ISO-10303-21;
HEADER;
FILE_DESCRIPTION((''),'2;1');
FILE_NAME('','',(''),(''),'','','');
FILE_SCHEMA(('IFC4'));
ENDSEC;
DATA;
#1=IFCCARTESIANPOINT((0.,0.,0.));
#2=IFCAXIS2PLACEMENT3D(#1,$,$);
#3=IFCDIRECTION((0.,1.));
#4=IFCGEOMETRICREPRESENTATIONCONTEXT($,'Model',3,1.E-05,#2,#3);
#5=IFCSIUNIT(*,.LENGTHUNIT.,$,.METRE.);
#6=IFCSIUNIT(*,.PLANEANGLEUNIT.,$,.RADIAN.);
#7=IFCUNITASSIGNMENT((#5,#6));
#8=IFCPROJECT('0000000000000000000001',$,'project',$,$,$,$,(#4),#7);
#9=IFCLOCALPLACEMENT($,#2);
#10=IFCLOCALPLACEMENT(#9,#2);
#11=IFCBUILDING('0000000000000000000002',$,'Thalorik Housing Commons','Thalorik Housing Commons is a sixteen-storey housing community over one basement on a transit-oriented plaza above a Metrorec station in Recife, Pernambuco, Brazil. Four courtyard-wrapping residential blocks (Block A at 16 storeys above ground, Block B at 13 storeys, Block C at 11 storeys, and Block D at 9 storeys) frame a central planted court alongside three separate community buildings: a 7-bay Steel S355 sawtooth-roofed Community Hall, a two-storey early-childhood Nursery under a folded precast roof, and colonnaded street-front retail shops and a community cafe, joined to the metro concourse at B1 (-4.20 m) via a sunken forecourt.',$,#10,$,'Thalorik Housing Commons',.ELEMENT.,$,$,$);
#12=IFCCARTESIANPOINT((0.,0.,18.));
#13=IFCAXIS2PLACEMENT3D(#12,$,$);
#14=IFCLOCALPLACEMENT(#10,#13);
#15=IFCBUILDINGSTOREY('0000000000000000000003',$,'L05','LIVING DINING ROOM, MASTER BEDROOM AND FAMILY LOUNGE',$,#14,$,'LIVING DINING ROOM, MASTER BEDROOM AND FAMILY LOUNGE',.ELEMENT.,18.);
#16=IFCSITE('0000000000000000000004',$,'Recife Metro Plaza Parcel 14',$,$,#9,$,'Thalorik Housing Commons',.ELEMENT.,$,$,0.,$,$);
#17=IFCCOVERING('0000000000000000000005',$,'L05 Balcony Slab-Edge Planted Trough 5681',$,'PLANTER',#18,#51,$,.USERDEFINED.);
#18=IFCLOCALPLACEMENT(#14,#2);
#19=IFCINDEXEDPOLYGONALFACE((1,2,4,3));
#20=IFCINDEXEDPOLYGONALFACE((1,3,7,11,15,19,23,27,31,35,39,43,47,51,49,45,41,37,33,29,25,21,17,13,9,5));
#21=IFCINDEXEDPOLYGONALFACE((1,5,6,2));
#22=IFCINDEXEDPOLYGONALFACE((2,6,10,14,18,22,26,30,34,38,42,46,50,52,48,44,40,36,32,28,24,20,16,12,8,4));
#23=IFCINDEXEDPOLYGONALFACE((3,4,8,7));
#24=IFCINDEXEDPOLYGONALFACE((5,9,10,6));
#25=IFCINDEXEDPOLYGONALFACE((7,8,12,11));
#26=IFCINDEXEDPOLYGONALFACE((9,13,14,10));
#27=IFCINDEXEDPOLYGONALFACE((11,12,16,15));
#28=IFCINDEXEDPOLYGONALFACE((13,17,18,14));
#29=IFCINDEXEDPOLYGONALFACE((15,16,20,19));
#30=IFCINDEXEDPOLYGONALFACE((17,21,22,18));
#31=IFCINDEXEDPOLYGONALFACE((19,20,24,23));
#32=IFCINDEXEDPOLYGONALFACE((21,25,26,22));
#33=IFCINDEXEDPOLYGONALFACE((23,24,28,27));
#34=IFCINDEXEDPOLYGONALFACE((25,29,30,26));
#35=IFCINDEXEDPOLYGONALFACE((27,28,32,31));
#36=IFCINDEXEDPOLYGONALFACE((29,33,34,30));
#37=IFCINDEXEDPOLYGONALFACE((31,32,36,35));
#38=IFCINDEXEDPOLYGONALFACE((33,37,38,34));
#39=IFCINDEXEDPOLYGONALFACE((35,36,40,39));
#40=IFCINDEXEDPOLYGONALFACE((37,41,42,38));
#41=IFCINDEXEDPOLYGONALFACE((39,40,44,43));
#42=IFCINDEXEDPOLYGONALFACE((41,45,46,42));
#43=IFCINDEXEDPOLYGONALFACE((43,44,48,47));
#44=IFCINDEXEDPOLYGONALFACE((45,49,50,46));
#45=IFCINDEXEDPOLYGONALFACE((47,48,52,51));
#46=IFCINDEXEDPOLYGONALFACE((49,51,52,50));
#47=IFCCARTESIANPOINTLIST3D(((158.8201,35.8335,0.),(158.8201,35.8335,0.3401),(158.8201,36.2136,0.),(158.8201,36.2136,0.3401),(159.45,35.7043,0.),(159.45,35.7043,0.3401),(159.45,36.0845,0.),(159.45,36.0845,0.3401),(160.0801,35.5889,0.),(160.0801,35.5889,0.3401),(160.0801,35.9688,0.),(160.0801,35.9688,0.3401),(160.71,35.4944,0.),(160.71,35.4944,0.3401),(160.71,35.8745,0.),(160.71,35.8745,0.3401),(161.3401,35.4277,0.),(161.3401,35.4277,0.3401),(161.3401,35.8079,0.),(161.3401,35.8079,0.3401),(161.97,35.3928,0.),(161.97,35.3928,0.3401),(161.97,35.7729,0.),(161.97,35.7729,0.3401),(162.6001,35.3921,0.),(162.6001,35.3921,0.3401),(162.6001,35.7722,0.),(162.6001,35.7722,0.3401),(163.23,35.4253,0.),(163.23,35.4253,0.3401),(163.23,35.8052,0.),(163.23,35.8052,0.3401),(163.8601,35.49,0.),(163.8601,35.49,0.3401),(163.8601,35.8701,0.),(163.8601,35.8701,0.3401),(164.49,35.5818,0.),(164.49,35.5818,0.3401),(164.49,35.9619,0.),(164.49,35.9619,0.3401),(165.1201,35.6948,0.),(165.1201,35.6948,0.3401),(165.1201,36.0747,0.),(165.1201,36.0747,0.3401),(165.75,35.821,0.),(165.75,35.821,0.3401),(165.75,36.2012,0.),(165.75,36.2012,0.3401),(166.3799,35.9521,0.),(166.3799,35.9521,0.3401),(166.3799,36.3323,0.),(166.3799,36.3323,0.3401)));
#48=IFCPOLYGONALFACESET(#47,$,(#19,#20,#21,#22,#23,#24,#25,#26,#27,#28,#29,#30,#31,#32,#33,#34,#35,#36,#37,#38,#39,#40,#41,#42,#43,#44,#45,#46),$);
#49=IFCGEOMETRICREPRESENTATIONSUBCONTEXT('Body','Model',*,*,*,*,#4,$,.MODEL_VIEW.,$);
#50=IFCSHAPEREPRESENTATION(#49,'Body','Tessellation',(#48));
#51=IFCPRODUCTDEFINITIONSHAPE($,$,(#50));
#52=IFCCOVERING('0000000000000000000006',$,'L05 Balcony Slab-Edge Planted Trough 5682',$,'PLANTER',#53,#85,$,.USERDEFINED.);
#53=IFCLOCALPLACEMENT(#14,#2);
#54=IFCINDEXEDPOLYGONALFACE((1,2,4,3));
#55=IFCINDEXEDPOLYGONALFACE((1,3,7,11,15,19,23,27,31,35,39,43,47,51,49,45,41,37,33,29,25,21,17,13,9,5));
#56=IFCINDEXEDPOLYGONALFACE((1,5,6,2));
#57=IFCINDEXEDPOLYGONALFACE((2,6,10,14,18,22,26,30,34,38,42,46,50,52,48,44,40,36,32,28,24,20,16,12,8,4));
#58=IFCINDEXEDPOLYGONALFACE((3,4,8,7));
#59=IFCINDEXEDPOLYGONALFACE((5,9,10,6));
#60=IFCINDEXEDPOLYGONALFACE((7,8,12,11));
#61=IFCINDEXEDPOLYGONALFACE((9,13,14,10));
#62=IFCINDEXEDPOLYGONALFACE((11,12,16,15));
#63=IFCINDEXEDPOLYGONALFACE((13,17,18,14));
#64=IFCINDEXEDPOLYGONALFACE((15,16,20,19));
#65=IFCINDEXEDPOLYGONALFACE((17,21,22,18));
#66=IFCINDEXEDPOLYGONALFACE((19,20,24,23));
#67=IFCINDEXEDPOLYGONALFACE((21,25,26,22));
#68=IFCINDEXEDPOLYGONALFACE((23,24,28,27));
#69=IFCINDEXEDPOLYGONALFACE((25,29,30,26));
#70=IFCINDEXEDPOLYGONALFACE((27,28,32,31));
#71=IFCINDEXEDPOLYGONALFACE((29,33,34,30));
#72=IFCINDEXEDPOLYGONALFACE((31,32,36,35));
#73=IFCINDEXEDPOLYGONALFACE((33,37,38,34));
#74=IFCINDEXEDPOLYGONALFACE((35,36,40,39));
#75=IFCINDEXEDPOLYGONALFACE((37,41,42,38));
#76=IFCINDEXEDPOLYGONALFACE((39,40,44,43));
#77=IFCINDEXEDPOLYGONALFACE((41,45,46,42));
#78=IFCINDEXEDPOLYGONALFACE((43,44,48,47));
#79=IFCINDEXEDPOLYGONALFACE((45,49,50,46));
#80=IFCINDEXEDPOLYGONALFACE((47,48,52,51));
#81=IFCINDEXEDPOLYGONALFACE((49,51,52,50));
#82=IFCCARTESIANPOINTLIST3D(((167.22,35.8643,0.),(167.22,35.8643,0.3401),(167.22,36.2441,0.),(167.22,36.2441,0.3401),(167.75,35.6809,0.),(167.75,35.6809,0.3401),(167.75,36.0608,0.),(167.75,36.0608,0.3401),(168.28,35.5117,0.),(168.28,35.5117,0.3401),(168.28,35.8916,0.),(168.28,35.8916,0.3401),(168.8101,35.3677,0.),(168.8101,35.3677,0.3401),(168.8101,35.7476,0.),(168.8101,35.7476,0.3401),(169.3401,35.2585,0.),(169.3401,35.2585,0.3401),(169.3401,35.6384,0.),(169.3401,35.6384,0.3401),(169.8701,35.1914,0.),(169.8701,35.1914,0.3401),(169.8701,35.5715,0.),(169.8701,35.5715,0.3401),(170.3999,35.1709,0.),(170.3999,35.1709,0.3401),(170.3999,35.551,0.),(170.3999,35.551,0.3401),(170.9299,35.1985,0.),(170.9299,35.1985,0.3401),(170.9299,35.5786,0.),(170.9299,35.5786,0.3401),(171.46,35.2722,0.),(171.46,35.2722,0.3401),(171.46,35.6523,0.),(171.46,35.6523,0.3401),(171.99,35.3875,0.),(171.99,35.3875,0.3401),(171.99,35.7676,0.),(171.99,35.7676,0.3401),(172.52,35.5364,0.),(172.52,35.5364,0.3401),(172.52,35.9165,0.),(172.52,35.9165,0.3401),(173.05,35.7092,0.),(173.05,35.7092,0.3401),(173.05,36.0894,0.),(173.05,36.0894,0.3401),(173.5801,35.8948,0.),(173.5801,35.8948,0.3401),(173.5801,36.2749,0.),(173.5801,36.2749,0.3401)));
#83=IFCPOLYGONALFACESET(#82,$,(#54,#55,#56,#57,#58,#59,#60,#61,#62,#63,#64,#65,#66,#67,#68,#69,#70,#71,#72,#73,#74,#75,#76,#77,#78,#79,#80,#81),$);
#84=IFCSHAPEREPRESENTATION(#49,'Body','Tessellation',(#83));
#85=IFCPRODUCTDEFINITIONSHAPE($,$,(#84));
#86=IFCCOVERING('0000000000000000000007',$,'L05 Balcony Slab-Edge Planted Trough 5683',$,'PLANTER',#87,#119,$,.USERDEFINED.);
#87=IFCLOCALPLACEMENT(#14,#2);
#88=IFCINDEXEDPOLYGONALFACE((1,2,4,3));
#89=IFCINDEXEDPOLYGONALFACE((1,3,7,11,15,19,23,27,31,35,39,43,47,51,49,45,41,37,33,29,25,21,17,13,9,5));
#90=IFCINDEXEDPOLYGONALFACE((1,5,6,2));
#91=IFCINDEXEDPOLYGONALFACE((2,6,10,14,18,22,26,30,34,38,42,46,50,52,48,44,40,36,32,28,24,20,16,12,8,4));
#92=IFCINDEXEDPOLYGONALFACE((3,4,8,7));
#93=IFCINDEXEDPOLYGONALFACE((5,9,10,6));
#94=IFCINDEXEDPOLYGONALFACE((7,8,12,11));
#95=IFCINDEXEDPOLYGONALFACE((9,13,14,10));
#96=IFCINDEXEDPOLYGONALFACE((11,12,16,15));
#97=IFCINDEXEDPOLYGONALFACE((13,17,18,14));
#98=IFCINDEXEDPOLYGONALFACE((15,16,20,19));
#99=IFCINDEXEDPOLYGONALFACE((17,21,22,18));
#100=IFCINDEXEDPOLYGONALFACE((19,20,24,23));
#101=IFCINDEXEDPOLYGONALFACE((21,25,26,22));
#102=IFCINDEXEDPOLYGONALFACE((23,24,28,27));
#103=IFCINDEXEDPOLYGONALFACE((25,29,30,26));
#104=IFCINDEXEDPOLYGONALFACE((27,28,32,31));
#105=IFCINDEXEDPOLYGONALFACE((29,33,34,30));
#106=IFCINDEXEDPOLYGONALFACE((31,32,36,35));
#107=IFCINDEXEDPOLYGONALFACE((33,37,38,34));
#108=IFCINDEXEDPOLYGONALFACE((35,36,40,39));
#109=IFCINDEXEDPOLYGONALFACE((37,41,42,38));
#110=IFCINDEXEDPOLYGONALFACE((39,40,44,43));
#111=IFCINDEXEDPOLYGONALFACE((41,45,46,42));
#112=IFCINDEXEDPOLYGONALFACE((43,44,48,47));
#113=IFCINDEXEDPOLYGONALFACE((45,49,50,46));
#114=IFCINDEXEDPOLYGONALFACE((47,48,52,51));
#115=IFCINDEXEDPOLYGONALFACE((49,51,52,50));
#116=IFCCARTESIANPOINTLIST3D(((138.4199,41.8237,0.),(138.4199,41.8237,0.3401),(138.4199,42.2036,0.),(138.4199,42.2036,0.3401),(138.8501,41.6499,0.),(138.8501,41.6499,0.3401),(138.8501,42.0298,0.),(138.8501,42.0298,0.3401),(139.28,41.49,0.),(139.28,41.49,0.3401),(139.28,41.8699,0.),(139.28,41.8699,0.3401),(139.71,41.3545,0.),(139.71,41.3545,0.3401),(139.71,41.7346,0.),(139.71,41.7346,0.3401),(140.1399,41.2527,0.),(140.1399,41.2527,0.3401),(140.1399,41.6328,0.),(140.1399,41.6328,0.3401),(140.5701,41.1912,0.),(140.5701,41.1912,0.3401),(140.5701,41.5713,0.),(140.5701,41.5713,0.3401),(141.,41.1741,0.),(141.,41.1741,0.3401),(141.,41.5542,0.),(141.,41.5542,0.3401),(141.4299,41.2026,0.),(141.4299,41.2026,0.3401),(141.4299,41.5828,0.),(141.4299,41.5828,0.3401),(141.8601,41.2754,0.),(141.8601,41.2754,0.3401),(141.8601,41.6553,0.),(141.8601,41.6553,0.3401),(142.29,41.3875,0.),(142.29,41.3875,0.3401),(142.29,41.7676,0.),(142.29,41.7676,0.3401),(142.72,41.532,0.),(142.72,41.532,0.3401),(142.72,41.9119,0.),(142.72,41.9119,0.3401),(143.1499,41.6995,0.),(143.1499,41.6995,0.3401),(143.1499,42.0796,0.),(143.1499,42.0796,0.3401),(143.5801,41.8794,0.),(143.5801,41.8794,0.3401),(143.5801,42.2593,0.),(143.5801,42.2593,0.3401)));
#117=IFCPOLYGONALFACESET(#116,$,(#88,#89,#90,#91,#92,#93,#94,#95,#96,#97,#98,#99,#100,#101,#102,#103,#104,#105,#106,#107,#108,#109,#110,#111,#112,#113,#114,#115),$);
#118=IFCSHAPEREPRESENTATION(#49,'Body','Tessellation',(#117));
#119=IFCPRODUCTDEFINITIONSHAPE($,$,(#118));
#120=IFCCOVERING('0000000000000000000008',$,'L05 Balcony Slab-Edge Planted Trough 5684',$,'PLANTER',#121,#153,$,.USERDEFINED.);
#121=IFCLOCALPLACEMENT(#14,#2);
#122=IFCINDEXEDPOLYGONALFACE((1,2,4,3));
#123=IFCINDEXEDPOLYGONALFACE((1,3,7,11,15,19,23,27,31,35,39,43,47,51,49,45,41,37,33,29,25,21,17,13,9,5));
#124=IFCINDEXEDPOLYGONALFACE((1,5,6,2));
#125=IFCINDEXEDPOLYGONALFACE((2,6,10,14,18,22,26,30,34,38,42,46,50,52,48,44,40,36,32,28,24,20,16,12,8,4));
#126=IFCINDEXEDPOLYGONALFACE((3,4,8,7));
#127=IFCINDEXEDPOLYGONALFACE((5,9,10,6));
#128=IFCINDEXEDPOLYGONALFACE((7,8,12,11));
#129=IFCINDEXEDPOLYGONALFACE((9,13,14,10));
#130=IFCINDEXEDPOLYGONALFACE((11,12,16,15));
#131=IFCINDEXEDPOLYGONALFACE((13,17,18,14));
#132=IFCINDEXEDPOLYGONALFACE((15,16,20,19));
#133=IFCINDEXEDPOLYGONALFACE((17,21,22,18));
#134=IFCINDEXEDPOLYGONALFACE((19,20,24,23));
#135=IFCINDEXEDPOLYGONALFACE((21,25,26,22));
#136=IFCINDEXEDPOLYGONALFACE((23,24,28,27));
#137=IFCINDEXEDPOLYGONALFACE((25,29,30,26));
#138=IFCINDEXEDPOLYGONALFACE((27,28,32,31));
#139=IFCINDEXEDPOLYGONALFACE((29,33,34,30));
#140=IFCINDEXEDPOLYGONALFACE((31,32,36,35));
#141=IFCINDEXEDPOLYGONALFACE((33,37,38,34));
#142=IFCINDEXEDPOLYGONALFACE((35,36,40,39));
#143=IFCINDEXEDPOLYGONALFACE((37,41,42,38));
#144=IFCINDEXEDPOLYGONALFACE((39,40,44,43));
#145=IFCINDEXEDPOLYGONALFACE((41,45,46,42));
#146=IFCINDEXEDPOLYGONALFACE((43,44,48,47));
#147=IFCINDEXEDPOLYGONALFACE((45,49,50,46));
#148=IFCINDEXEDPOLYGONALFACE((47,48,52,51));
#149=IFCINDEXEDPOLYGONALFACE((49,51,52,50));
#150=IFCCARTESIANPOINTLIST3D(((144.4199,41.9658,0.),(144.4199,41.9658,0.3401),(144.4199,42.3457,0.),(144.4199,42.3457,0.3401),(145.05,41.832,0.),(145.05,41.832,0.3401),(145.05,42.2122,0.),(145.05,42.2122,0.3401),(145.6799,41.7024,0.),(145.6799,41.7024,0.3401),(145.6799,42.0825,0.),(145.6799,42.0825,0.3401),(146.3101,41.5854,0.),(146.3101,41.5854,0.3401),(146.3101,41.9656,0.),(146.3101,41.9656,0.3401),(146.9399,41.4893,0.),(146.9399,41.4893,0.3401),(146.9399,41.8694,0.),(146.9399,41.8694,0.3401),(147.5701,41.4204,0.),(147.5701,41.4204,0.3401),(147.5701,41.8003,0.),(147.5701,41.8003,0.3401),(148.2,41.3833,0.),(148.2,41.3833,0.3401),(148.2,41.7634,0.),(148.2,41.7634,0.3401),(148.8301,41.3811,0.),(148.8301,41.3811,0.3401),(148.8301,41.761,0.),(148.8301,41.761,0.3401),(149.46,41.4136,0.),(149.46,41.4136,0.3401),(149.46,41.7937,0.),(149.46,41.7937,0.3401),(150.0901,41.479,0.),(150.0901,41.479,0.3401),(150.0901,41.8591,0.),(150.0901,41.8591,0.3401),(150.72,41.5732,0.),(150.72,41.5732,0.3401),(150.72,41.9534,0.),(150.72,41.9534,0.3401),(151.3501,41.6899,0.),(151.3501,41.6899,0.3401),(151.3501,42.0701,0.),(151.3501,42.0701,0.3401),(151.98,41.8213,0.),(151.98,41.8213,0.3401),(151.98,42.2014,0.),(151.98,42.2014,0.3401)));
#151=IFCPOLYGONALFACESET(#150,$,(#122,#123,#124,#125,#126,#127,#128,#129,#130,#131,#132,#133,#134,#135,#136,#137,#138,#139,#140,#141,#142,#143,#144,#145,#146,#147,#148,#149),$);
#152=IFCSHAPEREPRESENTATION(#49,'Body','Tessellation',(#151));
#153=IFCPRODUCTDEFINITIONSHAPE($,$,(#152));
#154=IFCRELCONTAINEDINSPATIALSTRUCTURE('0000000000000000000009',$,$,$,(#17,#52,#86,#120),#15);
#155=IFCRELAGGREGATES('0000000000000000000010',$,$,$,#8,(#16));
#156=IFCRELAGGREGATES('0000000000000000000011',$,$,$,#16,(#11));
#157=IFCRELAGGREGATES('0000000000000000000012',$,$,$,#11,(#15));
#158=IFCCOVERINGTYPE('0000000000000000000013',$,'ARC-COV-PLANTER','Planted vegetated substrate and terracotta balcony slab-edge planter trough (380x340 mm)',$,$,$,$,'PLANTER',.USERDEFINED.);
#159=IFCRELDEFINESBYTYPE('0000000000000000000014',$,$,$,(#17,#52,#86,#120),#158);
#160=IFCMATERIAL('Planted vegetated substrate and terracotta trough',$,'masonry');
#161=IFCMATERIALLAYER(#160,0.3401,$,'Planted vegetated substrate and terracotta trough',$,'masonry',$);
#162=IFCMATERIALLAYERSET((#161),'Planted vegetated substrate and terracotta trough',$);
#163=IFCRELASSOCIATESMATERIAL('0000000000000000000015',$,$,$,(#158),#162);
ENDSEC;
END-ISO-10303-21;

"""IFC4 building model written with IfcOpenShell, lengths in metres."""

from ifc_helpers import new_model, si_unit, direction, frame, origin, place, context, subcontext, project, spatial, polyline, outline, extrude, material, layer, layer_set, type_object, element, save


model = new_model("IFC4")

# Units and contexts
model_context = context("Model", 3, precision=1e-05, world=origin(), true_north=direction((0.0, 1.0)))
body_context = subcontext(model_context, "Body", "Model", "MODEL_VIEW")
ifc_project = project(units=[si_unit("LENGTHUNIT", "METRE"), si_unit("PLANEANGLEUNIT", "RADIAN")], contexts=[model_context])

# Site, building, storey
site_placement = place(None, origin())
site = spatial("IfcSite", under=ifc_project, at=site_placement, Name="Recife Metro Plaza Parcel 14", LongName="Thalorik Housing Commons", CompositionType="ELEMENT", RefElevation=0.0)
building_placement = place(site_placement, origin())
building = spatial("IfcBuilding", under=site, at=building_placement, Name="Thalorik Housing Commons", Description="Thalorik Housing Commons is a sixteen-storey housing community over one basement on a transit-oriented plaza above a Metrorec station in Recife, Pernambuco, Brazil. Four courtyard-wrapping residential blocks (Block A at 16 storeys above ground, Block B at 13 storeys, Block C at 11 storeys, and Block D at 9 storeys) frame a central planted court alongside three separate community buildings: a 7-bay Steel S355 sawtooth-roofed Community Hall, a two-storey early-childhood Nursery under a folded precast roof, and colonnaded street-front retail shops and a community cafe, joined to the metro concourse at B1 (-4.20 m) via a sunken forecourt.", LongName="Thalorik Housing Commons", CompositionType="ELEMENT")
storey_placement = place(building_placement, frame((0.0, 0.0, 18.0)))
storey = spatial("IfcBuildingStorey", under=building, at=storey_placement, Name="L05", Description="LIVING DINING ROOM, MASTER BEDROOM AND FAMILY LOUNGE", LongName="LIVING DINING ROOM, MASTER BEDROOM AND FAMILY LOUNGE", CompositionType="ELEMENT", Elevation=18.0)

# Coverings
ifc_material_1 = material(Name="Planted vegetated substrate and terracotta trough", Category="masonry")
ifc_layer_1 = layer(ifc_material_1, 0.3401, Name="Planted vegetated substrate and terracotta trough", Category="masonry")
ifc_layer_set_1 = layer_set([ifc_layer_1], Name="Planted vegetated substrate and terracotta trough")
covering_type = type_object("IfcCoveringType", Name="ARC-COV-PLANTER", Description="Planted vegetated substrate and terracotta balcony slab-edge planter trough (380x340 mm)", ElementType="PLANTER", PredefinedType="USERDEFINED", material=ifc_layer_set_1)
covering_1_placement = place(storey_placement, origin())
element("IfcCovering", 1, at=covering_1_placement, inside=storey, type_object=covering_type, Name="L05 Balcony Slab-Edge Planted Trough 5681", ObjectType="PLANTER", PredefinedType="USERDEFINED", context=body_context, shape_type="SweptSolid", body=[
    extrude(outline(polyline([(158.8201, 35.8335), (159.45, 35.7043), (160.0801, 35.5889), (160.71, 35.4944), (161.3401, 35.4277), (161.97, 35.3928), (162.6001, 35.3921), (163.23, 35.4253), (163.8601, 35.49), (164.49, 35.5818), (165.1201, 35.6948), (165.75, 35.821), (166.3799, 35.9521), (166.3799, 36.3323), (165.75, 36.2012), (165.1201, 36.0747), (164.49, 35.9619), (163.8601, 35.8701), (163.23, 35.8052), (162.6001, 35.7722), (161.97, 35.7729), (161.3401, 35.8079), (160.71, 35.8745), (160.0801, 35.9688), (159.45, 36.0845), (158.8201, 36.2136), (158.8201, 35.8335)])), origin(), (0.0, 0.0, 1.0), 0.3401),
])
covering_2_placement = place(storey_placement, origin())
element("IfcCovering", 2, at=covering_2_placement, inside=storey, type_object=covering_type, Name="L05 Balcony Slab-Edge Planted Trough 5682", ObjectType="PLANTER", PredefinedType="USERDEFINED", context=body_context, shape_type="SweptSolid", body=[
    extrude(outline(polyline([(167.22, 35.8643), (167.75, 35.6809), (168.28, 35.5117), (168.8101, 35.3677), (169.3401, 35.2585), (169.8701, 35.1914), (170.3999, 35.1709), (170.9299, 35.1985), (171.46, 35.2722), (171.99, 35.3875), (172.52, 35.5364), (173.05, 35.7092), (173.5801, 35.8948), (173.5801, 36.2749), (173.05, 36.0894), (172.52, 35.9165), (171.99, 35.7676), (171.46, 35.6523), (170.9299, 35.5786), (170.3999, 35.551), (169.8701, 35.5715), (169.3401, 35.6384), (168.8101, 35.7476), (168.28, 35.8916), (167.75, 36.0608), (167.22, 36.2441), (167.22, 35.8643)])), origin(), (0.0, 0.0, 1.0), 0.3401),
])
covering_3_placement = place(storey_placement, origin())
element("IfcCovering", 3, at=covering_3_placement, inside=storey, type_object=covering_type, Name="L05 Balcony Slab-Edge Planted Trough 5683", ObjectType="PLANTER", PredefinedType="USERDEFINED", context=body_context, shape_type="SweptSolid", body=[
    extrude(outline(polyline([(138.4199, 41.8237), (138.8501, 41.6499), (139.28, 41.49), (139.71, 41.3545), (140.1399, 41.2527), (140.5701, 41.1912), (141.0, 41.1741), (141.4299, 41.2026), (141.8601, 41.2754), (142.29, 41.3875), (142.72, 41.532), (143.1499, 41.6995), (143.5801, 41.8794), (143.5801, 42.2593), (143.1499, 42.0796), (142.72, 41.9119), (142.29, 41.7676), (141.8601, 41.6553), (141.4299, 41.5828), (141.0, 41.5542), (140.5701, 41.5713), (140.1399, 41.6328), (139.71, 41.7346), (139.28, 41.8699), (138.8501, 42.0298), (138.4199, 42.2036), (138.4199, 41.8237)])), origin(), (0.0, 0.0, 1.0), 0.3401),
])
covering_4_placement = place(storey_placement, origin())
element("IfcCovering", 4, at=covering_4_placement, inside=storey, type_object=covering_type, Name="L05 Balcony Slab-Edge Planted Trough 5684", ObjectType="PLANTER", PredefinedType="USERDEFINED", context=body_context, shape_type="SweptSolid", body=[
    extrude(outline(polyline([(144.4199, 41.9658), (145.05, 41.832), (145.6799, 41.7024), (146.3101, 41.5854), (146.9399, 41.4893), (147.5701, 41.4204), (148.2, 41.3833), (148.8301, 41.3811), (149.46, 41.4136), (150.0901, 41.479), (150.72, 41.5732), (151.3501, 41.6899), (151.98, 41.8213), (151.98, 42.2014), (151.3501, 42.0701), (150.72, 41.9534), (150.0901, 41.8591), (149.46, 41.7937), (148.8301, 41.761), (148.2, 41.7634), (147.5701, 41.8003), (146.9399, 41.8694), (146.3101, 41.9656), (145.6799, 42.0825), (145.05, 42.2122), (144.4199, 42.3457), (144.4199, 41.9658)])), origin(), (0.0, 0.0, 1.0), 0.3401),
])

save(model, "model.ifc")
